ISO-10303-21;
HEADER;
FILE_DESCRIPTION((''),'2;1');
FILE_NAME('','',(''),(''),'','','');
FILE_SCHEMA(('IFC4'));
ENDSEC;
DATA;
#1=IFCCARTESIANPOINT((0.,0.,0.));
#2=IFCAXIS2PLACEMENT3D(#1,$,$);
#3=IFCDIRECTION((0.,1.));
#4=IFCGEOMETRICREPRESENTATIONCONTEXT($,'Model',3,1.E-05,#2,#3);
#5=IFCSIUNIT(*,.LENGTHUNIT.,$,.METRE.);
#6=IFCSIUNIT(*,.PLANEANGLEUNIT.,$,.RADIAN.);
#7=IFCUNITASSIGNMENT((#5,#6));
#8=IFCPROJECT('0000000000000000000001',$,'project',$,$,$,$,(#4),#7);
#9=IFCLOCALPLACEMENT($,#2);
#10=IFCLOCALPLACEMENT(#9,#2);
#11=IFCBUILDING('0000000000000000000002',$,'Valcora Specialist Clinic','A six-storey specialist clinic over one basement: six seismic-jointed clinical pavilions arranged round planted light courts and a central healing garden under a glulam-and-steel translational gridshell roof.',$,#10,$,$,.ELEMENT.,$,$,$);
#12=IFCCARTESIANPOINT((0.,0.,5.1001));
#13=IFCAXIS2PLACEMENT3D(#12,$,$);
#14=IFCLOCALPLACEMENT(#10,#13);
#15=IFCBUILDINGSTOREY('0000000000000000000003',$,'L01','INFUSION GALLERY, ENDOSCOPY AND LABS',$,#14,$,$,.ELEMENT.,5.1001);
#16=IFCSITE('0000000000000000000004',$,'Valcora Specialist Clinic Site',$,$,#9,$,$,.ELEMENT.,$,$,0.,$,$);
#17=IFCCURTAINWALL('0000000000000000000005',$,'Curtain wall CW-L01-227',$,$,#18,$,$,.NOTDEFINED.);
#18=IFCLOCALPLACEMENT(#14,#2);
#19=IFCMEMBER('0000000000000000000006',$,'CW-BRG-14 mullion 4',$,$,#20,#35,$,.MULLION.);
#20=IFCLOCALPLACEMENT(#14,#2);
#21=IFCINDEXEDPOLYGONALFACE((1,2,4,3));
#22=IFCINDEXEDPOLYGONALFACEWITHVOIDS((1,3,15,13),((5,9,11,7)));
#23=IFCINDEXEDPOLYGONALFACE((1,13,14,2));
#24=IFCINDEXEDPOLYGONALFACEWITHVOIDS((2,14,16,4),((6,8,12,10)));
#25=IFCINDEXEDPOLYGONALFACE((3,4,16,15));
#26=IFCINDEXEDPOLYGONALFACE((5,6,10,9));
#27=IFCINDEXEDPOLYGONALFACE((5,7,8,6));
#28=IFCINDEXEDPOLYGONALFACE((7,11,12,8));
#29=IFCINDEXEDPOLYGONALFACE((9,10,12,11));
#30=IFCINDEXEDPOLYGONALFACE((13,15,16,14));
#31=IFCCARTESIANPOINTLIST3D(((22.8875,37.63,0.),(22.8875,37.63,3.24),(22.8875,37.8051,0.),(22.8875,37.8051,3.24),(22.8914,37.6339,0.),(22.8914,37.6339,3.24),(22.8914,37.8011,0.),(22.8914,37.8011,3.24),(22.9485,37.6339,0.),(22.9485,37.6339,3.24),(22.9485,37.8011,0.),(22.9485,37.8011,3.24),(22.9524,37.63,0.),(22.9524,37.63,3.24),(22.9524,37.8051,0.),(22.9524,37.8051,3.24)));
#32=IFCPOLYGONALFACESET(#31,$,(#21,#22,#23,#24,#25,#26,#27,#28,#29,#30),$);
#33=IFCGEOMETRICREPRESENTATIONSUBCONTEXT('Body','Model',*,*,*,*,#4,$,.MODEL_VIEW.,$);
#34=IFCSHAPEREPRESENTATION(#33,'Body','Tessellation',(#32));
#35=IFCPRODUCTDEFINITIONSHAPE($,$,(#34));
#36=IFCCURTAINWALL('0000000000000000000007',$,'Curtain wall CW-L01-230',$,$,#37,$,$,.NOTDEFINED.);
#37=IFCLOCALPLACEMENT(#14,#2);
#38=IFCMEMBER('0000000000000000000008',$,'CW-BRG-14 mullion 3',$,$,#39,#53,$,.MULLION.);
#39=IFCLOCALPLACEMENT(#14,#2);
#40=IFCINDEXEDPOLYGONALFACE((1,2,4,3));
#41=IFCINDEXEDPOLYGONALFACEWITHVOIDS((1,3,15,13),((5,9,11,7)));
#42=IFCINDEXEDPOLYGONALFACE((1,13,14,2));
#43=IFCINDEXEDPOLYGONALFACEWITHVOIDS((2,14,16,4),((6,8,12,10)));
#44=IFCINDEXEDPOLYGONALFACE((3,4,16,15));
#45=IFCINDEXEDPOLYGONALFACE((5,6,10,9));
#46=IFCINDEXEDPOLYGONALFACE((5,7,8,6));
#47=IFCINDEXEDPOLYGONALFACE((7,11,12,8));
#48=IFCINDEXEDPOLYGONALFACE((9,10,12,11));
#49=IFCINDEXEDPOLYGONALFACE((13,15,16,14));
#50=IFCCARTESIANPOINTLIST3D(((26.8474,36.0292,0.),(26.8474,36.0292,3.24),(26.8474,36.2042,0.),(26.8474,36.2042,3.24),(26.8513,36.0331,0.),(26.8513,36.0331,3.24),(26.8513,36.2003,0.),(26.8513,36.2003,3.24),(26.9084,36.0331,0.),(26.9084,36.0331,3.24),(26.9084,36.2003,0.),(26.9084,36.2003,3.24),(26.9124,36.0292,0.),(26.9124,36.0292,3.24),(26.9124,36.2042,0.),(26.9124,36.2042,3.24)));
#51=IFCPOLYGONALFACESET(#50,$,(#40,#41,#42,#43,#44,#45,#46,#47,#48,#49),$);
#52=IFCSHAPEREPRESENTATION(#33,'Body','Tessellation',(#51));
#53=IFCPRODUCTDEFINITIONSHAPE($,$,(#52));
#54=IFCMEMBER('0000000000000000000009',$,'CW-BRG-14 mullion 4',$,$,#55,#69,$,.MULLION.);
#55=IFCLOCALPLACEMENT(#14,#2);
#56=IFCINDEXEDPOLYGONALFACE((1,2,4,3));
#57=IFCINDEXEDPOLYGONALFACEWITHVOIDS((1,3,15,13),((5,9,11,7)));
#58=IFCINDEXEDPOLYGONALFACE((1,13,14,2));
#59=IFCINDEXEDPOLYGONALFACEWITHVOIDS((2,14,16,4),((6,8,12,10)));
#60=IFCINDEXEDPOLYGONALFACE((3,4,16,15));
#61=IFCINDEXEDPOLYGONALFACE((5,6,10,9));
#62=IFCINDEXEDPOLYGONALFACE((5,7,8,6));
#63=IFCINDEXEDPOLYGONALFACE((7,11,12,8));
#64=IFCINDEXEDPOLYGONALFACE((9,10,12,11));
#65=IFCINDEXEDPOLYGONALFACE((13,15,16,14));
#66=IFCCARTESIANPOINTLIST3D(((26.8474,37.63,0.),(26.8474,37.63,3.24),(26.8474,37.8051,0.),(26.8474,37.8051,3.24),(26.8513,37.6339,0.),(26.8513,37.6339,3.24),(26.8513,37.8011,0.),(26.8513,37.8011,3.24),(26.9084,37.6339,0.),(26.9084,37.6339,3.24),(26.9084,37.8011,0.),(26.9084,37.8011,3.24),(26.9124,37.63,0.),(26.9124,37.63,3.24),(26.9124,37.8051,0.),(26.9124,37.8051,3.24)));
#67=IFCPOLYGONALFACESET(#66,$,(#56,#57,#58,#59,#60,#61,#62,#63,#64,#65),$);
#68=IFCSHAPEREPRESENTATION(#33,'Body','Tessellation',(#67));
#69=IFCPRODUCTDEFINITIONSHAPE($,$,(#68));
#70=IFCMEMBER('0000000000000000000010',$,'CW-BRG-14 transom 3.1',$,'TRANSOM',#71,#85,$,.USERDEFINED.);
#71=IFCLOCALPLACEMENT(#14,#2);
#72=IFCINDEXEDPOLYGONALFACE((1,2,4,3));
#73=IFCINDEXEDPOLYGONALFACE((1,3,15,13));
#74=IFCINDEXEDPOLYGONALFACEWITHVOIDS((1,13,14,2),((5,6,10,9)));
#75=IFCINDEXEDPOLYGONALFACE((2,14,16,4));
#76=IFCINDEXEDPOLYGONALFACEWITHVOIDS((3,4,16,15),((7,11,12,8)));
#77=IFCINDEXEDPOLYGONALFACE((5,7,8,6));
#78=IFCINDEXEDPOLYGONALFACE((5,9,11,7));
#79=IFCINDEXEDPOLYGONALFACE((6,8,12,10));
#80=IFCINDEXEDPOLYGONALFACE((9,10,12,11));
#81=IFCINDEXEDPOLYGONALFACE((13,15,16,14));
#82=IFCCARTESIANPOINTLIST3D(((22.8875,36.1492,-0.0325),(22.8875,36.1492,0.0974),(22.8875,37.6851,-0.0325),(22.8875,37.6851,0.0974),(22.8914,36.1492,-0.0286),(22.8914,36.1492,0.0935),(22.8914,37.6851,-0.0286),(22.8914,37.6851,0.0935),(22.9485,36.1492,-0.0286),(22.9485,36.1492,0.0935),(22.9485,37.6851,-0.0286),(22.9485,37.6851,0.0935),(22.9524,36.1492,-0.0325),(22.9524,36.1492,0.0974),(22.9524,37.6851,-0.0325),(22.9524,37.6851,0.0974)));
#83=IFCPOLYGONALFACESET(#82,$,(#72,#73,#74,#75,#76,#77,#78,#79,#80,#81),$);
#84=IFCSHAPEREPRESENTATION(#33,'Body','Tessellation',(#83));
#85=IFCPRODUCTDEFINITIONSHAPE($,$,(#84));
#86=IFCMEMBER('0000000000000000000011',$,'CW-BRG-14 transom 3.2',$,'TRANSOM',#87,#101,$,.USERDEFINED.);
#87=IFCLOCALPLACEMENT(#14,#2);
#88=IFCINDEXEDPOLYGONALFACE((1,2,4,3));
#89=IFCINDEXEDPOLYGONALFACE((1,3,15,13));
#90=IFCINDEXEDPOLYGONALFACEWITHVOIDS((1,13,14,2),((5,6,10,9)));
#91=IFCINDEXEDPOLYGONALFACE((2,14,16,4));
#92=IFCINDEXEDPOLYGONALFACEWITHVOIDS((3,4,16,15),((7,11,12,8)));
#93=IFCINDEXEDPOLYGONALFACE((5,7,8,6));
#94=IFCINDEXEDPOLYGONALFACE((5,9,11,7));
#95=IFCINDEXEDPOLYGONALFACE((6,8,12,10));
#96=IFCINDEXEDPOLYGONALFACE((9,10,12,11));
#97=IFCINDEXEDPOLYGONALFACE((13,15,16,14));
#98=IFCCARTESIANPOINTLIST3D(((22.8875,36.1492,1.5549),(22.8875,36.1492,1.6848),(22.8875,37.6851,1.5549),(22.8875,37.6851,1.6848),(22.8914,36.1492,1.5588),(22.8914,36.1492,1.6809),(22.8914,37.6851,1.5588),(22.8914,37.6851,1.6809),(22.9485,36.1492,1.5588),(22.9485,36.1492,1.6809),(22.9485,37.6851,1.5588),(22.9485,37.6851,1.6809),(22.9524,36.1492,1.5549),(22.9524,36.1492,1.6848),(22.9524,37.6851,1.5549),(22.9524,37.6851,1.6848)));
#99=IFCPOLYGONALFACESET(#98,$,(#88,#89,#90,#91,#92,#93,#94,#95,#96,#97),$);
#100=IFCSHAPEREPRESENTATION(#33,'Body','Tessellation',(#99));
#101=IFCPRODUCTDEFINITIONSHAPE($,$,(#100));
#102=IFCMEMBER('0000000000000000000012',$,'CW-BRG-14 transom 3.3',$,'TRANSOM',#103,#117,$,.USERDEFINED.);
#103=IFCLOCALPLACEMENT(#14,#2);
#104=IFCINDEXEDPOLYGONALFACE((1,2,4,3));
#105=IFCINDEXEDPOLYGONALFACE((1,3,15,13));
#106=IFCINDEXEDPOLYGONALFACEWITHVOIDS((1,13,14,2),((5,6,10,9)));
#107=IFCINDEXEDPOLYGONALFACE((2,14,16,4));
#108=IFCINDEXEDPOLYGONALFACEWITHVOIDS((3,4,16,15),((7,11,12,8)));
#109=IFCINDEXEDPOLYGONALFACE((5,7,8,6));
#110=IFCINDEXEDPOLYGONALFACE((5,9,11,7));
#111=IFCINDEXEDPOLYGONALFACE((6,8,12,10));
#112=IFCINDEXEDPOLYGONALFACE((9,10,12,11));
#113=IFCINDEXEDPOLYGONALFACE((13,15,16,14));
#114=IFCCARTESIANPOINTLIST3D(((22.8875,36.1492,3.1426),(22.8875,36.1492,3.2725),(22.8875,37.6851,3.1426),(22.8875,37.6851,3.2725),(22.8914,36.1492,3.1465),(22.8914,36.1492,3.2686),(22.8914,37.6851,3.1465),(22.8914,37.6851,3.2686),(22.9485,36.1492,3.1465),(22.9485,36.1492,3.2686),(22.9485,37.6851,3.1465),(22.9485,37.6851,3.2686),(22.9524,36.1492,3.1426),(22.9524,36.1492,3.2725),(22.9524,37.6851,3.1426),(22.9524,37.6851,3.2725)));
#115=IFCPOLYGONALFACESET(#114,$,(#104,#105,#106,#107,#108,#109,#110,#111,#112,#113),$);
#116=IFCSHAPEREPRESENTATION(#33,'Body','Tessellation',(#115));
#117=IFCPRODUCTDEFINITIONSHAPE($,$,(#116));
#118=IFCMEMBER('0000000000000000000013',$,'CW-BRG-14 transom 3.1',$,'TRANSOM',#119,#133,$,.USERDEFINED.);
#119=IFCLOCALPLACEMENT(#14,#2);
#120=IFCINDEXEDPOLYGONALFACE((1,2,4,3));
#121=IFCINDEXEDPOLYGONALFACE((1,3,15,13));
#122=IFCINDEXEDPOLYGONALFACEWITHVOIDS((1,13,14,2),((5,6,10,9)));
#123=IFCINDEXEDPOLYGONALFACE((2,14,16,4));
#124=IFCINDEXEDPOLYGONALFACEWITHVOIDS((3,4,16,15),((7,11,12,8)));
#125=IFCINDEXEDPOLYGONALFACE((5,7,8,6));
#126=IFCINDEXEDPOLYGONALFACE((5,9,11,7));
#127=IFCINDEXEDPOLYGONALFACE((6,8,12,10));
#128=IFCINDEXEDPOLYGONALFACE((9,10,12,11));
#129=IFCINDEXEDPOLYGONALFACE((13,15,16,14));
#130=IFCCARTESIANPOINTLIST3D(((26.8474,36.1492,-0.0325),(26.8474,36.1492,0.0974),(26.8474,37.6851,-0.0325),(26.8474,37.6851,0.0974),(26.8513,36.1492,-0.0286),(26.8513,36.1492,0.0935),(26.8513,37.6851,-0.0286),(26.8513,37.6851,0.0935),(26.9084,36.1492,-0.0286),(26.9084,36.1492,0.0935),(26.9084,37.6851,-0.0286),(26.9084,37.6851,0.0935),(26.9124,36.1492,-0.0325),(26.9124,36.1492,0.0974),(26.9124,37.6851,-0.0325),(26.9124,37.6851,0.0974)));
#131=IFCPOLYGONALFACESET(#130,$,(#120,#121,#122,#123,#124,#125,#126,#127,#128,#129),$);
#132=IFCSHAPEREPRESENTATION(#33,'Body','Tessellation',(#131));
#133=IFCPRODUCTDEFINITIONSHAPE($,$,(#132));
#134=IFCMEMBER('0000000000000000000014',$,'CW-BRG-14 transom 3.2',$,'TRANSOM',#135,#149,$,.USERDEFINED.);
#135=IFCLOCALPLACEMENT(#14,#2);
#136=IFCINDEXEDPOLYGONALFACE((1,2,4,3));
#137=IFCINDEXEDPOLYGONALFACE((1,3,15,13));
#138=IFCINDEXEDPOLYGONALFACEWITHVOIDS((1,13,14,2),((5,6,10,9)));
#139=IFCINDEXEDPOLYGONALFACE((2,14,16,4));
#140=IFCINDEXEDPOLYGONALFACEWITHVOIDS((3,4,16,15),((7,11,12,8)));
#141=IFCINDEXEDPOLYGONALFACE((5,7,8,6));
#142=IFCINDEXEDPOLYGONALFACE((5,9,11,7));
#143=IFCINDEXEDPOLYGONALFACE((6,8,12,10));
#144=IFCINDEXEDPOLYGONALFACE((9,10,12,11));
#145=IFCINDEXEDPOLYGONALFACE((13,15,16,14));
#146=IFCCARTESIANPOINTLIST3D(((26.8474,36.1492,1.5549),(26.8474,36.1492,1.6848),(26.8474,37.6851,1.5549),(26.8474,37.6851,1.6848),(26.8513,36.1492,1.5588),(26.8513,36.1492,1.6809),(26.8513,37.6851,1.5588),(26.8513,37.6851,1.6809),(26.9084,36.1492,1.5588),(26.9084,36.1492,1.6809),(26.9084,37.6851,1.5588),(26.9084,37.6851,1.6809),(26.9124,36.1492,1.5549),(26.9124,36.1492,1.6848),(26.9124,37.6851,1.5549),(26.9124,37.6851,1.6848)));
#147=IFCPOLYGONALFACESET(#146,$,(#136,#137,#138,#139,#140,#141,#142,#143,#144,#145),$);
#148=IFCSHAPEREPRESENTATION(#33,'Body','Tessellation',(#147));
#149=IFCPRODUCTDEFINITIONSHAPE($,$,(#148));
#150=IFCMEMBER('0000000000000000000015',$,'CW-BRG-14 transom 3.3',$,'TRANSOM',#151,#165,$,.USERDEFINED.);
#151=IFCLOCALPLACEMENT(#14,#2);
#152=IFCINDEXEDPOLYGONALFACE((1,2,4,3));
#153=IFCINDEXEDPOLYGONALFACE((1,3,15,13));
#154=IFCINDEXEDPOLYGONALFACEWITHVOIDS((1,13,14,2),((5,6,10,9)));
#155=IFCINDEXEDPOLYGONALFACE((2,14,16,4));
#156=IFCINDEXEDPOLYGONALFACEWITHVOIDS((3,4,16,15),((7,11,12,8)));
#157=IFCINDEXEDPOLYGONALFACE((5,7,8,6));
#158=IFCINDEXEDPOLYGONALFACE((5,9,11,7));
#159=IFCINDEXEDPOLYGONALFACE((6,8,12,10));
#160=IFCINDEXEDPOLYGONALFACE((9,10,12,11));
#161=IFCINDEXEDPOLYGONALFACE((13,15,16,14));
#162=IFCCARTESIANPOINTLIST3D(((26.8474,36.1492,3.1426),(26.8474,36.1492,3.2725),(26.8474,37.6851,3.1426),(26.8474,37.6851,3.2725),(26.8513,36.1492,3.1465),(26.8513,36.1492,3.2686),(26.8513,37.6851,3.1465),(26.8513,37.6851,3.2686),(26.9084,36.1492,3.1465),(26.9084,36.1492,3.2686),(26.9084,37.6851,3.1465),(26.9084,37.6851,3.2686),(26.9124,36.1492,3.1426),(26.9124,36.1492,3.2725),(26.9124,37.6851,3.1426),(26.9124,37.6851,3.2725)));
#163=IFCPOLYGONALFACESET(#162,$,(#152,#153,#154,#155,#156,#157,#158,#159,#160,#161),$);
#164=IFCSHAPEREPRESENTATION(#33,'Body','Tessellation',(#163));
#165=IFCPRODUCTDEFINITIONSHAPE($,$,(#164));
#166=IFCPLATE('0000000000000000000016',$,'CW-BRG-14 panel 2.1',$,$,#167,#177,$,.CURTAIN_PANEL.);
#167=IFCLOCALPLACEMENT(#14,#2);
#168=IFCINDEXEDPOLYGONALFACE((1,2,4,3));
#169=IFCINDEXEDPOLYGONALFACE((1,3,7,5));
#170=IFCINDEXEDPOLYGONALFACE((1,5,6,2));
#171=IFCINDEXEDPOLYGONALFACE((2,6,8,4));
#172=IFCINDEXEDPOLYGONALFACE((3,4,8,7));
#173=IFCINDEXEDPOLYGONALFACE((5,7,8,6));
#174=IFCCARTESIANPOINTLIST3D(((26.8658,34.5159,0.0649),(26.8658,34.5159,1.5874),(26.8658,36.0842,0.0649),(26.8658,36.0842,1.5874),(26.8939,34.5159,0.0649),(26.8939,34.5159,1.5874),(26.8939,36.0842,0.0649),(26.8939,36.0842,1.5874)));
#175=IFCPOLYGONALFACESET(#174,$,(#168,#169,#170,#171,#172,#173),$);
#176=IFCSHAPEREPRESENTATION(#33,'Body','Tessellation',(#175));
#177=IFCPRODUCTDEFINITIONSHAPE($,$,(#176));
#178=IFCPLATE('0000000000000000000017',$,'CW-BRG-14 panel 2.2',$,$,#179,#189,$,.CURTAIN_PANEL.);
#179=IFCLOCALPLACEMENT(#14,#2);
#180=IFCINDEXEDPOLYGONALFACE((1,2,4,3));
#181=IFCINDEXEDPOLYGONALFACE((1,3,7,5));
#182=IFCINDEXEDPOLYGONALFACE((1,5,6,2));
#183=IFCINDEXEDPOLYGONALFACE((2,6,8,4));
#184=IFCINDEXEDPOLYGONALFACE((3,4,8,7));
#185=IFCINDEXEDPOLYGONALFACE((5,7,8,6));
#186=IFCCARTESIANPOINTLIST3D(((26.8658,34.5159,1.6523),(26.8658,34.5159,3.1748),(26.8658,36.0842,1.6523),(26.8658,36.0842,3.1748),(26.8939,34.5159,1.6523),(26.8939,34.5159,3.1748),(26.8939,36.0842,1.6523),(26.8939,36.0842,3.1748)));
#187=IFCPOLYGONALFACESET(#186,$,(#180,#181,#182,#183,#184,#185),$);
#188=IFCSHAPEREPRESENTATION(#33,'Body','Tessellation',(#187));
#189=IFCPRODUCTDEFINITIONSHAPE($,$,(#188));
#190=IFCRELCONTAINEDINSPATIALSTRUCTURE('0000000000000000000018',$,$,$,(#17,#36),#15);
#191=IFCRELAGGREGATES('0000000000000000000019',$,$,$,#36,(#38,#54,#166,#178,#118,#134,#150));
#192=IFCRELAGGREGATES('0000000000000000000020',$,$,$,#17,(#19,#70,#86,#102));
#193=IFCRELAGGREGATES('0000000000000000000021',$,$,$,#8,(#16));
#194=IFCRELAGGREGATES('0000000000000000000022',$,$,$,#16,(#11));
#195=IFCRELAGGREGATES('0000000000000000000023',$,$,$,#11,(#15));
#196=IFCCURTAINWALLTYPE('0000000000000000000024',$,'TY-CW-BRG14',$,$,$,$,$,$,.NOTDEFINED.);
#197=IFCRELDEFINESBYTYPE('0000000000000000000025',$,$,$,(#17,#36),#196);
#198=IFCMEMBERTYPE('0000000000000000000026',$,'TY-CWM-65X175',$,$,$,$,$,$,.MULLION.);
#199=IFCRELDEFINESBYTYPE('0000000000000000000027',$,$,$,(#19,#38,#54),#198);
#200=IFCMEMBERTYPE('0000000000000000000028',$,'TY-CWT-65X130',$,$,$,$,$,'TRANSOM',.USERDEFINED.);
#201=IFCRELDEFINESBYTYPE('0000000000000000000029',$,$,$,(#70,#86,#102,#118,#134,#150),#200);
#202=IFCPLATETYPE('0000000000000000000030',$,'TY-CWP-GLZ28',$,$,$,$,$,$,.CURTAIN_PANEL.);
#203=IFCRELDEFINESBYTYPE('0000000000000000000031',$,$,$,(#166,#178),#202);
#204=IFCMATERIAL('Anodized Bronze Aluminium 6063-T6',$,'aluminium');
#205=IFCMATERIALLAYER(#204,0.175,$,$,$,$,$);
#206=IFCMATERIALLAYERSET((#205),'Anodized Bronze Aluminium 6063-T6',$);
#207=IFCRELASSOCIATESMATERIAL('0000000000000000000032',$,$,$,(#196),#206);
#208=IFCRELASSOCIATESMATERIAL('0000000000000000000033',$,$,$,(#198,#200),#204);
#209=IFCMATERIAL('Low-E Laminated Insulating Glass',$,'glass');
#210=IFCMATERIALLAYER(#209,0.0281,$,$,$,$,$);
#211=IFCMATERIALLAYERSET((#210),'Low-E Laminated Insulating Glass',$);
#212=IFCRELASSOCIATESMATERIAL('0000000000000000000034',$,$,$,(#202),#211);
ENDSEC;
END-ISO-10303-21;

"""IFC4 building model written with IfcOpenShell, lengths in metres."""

from ifc_helpers import new_model, si_unit, direction, frame, origin, origin_2d, place, context, subcontext, project, spatial, rectangle, hollow_rectangle, extrude, material, layer, layer_set, material_profile, profile_set, type_object, element, aggregate, save


model = new_model("IFC4")

# Units and contexts
model_context = context("Model", 3, precision=1e-05, world=origin(), true_north=direction((0.0, 1.0)))
body_context = subcontext(model_context, "Body", "Model", "MODEL_VIEW")
ifc_project = project(units=[si_unit("LENGTHUNIT", "METRE"), si_unit("PLANEANGLEUNIT", "RADIAN")], contexts=[model_context])

# Site, building, storey
site_placement = place(None, origin())
site = spatial("IfcSite", under=ifc_project, at=site_placement, Name="Valcora Specialist Clinic Site", CompositionType="ELEMENT", RefElevation=0.0)
building_placement = place(site_placement, origin())
building = spatial("IfcBuilding", under=site, at=building_placement, Name="Valcora Specialist Clinic", Description="A six-storey specialist clinic over one basement: six seismic-jointed clinical pavilions arranged round planted light courts and a central healing garden under a glulam-and-steel translational gridshell roof.", CompositionType="ELEMENT")
storey_placement = place(building_placement, frame((0.0, 0.0, 5.1001)))
storey = spatial("IfcBuildingStorey", under=building, at=storey_placement, Name="L01", Description="INFUSION GALLERY, ENDOSCOPY AND LABS", CompositionType="ELEMENT", Elevation=5.1001)

# Curtain walls, members
ifc_material_1 = material(Name="Anodized Bronze Aluminium 6063-T6", Category="aluminium")
ifc_layer_1 = layer(ifc_material_1, 0.175)
ifc_layer_set_1 = layer_set([ifc_layer_1], Name="Anodized Bronze Aluminium 6063-T6")
curtain_wall_type = type_object("IfcCurtainWallType", Name="TY-CW-BRG14", PredefinedType="NOTDEFINED", material=ifc_layer_set_1)
curtain_wall_1_placement = place(storey_placement, origin())
curtain_wall_1 = element("IfcCurtainWall", 1, at=curtain_wall_1_placement, inside=storey, type_object=curtain_wall_type, Name="Curtain wall CW-L01-227", PredefinedType="NOTDEFINED")
ifc_material_profile_1 = material_profile(ifc_material_1, hollow_rectangle(XDim=0.0649, YDim=0.175, WallThickness=0.0039, at=origin_2d()), Name="AL-MUL-65X175")
ifc_profile_set_1 = profile_set([ifc_material_profile_1], Name="Anodized Bronze Aluminium 6063-T6")
member_type_1 = type_object("IfcMemberType", Name="TY-CWM-65X175", PredefinedType="MULLION", material=ifc_profile_set_1)
member_1_placement = place(storey_placement, frame((22.9199, 37.7175, 0.0), z_axis=(0.0, 0.0, 1.0), x_axis=(-1.0, 0.0, 0.0)))
member_1 = element("IfcMember", 2, at=member_1_placement, type_object=member_type_1, Name="CW-BRG-14 mullion 4", PredefinedType="MULLION", context=body_context, shape_type="SweptSolid", body=[
    extrude(hollow_rectangle(XDim=0.0649, YDim=0.175, WallThickness=0.0039, at=origin_2d()), origin(), (0.0, 0.0, 1.0), 3.24),
])
curtain_wall_2_placement = place(storey_placement, origin())
curtain_wall_2 = element("IfcCurtainWall", 3, at=curtain_wall_2_placement, inside=storey, type_object=curtain_wall_type, Name="Curtain wall CW-L01-230", PredefinedType="NOTDEFINED")
member_2_placement = place(storey_placement, frame((26.8799, 36.1167, 0.0), z_axis=(0.0, 0.0, 1.0), x_axis=(-1.0, 0.0, 0.0)))
member_2 = element("IfcMember", 4, at=member_2_placement, type_object=member_type_1, Name="CW-BRG-14 mullion 3", PredefinedType="MULLION", context=body_context, shape_type="SweptSolid", body=[
    extrude(hollow_rectangle(XDim=0.0649, YDim=0.175, WallThickness=0.0039, at=origin_2d()), origin(), (0.0, 0.0, 1.0), 3.24),
])
member_3_placement = place(storey_placement, frame((26.8799, 37.7175, 0.0), z_axis=(0.0, 0.0, 1.0), x_axis=(-1.0, 0.0, 0.0)))
member_3 = element("IfcMember", 5, at=member_3_placement, type_object=member_type_1, Name="CW-BRG-14 mullion 4", PredefinedType="MULLION", context=body_context, shape_type="SweptSolid", body=[
    extrude(hollow_rectangle(XDim=0.0649, YDim=0.175, WallThickness=0.0039, at=origin_2d()), origin(), (0.0, 0.0, 1.0), 3.24),
])

# Members
ifc_material_profile_2 = material_profile(ifc_material_1, hollow_rectangle(XDim=0.0649, YDim=0.1299, WallThickness=0.0039, at=origin_2d()), Name="AL-TRN-65X130")
ifc_profile_set_2 = profile_set([ifc_material_profile_2], Name="Anodized Bronze Aluminium 6063-T6")
member_type_2 = type_object("IfcMemberType", Name="TY-CWT-65X130", ElementType="TRANSOM", PredefinedType="USERDEFINED", material=ifc_profile_set_2)
member_4_placement = place(storey_placement, frame((22.9199, 36.1492, 0.0325), z_axis=(0.0, 1.0, 0.0), x_axis=(-1.0, 0.0, 0.0)))
member_4 = element("IfcMember", 6, at=member_4_placement, type_object=member_type_2, Name="CW-BRG-14 transom 3.1", ObjectType="TRANSOM", PredefinedType="USERDEFINED", context=body_context, shape_type="SweptSolid", body=[
    extrude(hollow_rectangle(XDim=0.0649, YDim=0.1299, WallThickness=0.0039, at=origin_2d()), origin(), (0.0, 0.0, 1.0), 1.5359),
])
member_5_placement = place(storey_placement, frame((22.9199, 36.1492, 1.6199), z_axis=(0.0, 1.0, 0.0), x_axis=(-1.0, 0.0, 0.0)))
member_5 = element("IfcMember", 7, at=member_5_placement, type_object=member_type_2, Name="CW-BRG-14 transom 3.2", ObjectType="TRANSOM", PredefinedType="USERDEFINED", context=body_context, shape_type="SweptSolid", body=[
    extrude(hollow_rectangle(XDim=0.0649, YDim=0.1299, WallThickness=0.0039, at=origin_2d()), origin(), (0.0, 0.0, 1.0), 1.5359),
])
member_6_placement = place(storey_placement, frame((22.9199, 36.1492, 3.2075), z_axis=(0.0, 1.0, 0.0), x_axis=(-1.0, 0.0, 0.0)))
member_6 = element("IfcMember", 8, at=member_6_placement, type_object=member_type_2, Name="CW-BRG-14 transom 3.3", ObjectType="TRANSOM", PredefinedType="USERDEFINED", context=body_context, shape_type="SweptSolid", body=[
    extrude(hollow_rectangle(XDim=0.0649, YDim=0.1299, WallThickness=0.0039, at=origin_2d()), origin(), (0.0, 0.0, 1.0), 1.5359),
])
member_7_placement = place(storey_placement, frame((26.8799, 36.1492, 0.0325), z_axis=(0.0, 1.0, 0.0), x_axis=(-1.0, 0.0, 0.0)))
member_7 = element("IfcMember", 9, at=member_7_placement, type_object=member_type_2, Name="CW-BRG-14 transom 3.1", ObjectType="TRANSOM", PredefinedType="USERDEFINED", context=body_context, shape_type="SweptSolid", body=[
    extrude(hollow_rectangle(XDim=0.0649, YDim=0.1299, WallThickness=0.0039, at=origin_2d()), origin(), (0.0, 0.0, 1.0), 1.5359),
])
member_8_placement = place(storey_placement, frame((26.8799, 36.1492, 1.6199), z_axis=(0.0, 1.0, 0.0), x_axis=(-1.0, 0.0, 0.0)))
member_8 = element("IfcMember", 10, at=member_8_placement, type_object=member_type_2, Name="CW-BRG-14 transom 3.2", ObjectType="TRANSOM", PredefinedType="USERDEFINED", context=body_context, shape_type="SweptSolid", body=[
    extrude(hollow_rectangle(XDim=0.0649, YDim=0.1299, WallThickness=0.0039, at=origin_2d()), origin(), (0.0, 0.0, 1.0), 1.5359),
])
member_9_placement = place(storey_placement, frame((26.8799, 36.1492, 3.2075), z_axis=(0.0, 1.0, 0.0), x_axis=(-1.0, 0.0, 0.0)))
member_9 = element("IfcMember", 11, at=member_9_placement, type_object=member_type_2, Name="CW-BRG-14 transom 3.3", ObjectType="TRANSOM", PredefinedType="USERDEFINED", context=body_context, shape_type="SweptSolid", body=[
    extrude(hollow_rectangle(XDim=0.0649, YDim=0.1299, WallThickness=0.0039, at=origin_2d()), origin(), (0.0, 0.0, 1.0), 1.5359),
])

# Plates
ifc_material_2 = material(Name="Low-E Laminated Insulating Glass", Category="glass")
ifc_layer_2 = layer(ifc_material_2, 0.0281)
ifc_layer_set_2 = layer_set([ifc_layer_2], Name="Low-E Laminated Insulating Glass")
plate_type_1 = type_object("IfcPlateType", Name="TY-CWP-GLZ28", PredefinedType="CURTAIN_PANEL", material=ifc_layer_set_2)
plate_1_placement = place(storey_placement, frame((26.8799, 35.3, 0.0649), z_axis=(0.0, 0.0, 1.0), x_axis=(0.0, 1.0, 0.0)))
plate_1 = element("IfcPlate", 12, at=plate_1_placement, type_object=plate_type_1, Name="CW-BRG-14 panel 2.1", PredefinedType="CURTAIN_PANEL", context=body_context, shape_type="SweptSolid", body=[
    extrude(rectangle(XDim=1.5684, YDim=0.0281, at=origin_2d()), origin(), (0.0, 0.0, 1.0), 1.5225),
])
plate_2_placement = place(storey_placement, frame((26.8799, 35.3, 1.6523), z_axis=(0.0, 0.0, 1.0), x_axis=(0.0, 1.0, 0.0)))
plate_2 = element("IfcPlate", 13, at=plate_2_placement, type_object=plate_type_1, Name="CW-BRG-14 panel 2.2", PredefinedType="CURTAIN_PANEL", context=body_context, shape_type="SweptSolid", body=[
    extrude(rectangle(XDim=1.5684, YDim=0.0281, at=origin_2d()), origin(), (0.0, 0.0, 1.0), 1.5225),
])
aggregate(curtain_wall_2, [member_2, member_3, plate_1, plate_2, member_7, member_8, member_9])
aggregate(curtain_wall_1, [member_1, member_4, member_5, member_6])

save(model, "model.ifc")
